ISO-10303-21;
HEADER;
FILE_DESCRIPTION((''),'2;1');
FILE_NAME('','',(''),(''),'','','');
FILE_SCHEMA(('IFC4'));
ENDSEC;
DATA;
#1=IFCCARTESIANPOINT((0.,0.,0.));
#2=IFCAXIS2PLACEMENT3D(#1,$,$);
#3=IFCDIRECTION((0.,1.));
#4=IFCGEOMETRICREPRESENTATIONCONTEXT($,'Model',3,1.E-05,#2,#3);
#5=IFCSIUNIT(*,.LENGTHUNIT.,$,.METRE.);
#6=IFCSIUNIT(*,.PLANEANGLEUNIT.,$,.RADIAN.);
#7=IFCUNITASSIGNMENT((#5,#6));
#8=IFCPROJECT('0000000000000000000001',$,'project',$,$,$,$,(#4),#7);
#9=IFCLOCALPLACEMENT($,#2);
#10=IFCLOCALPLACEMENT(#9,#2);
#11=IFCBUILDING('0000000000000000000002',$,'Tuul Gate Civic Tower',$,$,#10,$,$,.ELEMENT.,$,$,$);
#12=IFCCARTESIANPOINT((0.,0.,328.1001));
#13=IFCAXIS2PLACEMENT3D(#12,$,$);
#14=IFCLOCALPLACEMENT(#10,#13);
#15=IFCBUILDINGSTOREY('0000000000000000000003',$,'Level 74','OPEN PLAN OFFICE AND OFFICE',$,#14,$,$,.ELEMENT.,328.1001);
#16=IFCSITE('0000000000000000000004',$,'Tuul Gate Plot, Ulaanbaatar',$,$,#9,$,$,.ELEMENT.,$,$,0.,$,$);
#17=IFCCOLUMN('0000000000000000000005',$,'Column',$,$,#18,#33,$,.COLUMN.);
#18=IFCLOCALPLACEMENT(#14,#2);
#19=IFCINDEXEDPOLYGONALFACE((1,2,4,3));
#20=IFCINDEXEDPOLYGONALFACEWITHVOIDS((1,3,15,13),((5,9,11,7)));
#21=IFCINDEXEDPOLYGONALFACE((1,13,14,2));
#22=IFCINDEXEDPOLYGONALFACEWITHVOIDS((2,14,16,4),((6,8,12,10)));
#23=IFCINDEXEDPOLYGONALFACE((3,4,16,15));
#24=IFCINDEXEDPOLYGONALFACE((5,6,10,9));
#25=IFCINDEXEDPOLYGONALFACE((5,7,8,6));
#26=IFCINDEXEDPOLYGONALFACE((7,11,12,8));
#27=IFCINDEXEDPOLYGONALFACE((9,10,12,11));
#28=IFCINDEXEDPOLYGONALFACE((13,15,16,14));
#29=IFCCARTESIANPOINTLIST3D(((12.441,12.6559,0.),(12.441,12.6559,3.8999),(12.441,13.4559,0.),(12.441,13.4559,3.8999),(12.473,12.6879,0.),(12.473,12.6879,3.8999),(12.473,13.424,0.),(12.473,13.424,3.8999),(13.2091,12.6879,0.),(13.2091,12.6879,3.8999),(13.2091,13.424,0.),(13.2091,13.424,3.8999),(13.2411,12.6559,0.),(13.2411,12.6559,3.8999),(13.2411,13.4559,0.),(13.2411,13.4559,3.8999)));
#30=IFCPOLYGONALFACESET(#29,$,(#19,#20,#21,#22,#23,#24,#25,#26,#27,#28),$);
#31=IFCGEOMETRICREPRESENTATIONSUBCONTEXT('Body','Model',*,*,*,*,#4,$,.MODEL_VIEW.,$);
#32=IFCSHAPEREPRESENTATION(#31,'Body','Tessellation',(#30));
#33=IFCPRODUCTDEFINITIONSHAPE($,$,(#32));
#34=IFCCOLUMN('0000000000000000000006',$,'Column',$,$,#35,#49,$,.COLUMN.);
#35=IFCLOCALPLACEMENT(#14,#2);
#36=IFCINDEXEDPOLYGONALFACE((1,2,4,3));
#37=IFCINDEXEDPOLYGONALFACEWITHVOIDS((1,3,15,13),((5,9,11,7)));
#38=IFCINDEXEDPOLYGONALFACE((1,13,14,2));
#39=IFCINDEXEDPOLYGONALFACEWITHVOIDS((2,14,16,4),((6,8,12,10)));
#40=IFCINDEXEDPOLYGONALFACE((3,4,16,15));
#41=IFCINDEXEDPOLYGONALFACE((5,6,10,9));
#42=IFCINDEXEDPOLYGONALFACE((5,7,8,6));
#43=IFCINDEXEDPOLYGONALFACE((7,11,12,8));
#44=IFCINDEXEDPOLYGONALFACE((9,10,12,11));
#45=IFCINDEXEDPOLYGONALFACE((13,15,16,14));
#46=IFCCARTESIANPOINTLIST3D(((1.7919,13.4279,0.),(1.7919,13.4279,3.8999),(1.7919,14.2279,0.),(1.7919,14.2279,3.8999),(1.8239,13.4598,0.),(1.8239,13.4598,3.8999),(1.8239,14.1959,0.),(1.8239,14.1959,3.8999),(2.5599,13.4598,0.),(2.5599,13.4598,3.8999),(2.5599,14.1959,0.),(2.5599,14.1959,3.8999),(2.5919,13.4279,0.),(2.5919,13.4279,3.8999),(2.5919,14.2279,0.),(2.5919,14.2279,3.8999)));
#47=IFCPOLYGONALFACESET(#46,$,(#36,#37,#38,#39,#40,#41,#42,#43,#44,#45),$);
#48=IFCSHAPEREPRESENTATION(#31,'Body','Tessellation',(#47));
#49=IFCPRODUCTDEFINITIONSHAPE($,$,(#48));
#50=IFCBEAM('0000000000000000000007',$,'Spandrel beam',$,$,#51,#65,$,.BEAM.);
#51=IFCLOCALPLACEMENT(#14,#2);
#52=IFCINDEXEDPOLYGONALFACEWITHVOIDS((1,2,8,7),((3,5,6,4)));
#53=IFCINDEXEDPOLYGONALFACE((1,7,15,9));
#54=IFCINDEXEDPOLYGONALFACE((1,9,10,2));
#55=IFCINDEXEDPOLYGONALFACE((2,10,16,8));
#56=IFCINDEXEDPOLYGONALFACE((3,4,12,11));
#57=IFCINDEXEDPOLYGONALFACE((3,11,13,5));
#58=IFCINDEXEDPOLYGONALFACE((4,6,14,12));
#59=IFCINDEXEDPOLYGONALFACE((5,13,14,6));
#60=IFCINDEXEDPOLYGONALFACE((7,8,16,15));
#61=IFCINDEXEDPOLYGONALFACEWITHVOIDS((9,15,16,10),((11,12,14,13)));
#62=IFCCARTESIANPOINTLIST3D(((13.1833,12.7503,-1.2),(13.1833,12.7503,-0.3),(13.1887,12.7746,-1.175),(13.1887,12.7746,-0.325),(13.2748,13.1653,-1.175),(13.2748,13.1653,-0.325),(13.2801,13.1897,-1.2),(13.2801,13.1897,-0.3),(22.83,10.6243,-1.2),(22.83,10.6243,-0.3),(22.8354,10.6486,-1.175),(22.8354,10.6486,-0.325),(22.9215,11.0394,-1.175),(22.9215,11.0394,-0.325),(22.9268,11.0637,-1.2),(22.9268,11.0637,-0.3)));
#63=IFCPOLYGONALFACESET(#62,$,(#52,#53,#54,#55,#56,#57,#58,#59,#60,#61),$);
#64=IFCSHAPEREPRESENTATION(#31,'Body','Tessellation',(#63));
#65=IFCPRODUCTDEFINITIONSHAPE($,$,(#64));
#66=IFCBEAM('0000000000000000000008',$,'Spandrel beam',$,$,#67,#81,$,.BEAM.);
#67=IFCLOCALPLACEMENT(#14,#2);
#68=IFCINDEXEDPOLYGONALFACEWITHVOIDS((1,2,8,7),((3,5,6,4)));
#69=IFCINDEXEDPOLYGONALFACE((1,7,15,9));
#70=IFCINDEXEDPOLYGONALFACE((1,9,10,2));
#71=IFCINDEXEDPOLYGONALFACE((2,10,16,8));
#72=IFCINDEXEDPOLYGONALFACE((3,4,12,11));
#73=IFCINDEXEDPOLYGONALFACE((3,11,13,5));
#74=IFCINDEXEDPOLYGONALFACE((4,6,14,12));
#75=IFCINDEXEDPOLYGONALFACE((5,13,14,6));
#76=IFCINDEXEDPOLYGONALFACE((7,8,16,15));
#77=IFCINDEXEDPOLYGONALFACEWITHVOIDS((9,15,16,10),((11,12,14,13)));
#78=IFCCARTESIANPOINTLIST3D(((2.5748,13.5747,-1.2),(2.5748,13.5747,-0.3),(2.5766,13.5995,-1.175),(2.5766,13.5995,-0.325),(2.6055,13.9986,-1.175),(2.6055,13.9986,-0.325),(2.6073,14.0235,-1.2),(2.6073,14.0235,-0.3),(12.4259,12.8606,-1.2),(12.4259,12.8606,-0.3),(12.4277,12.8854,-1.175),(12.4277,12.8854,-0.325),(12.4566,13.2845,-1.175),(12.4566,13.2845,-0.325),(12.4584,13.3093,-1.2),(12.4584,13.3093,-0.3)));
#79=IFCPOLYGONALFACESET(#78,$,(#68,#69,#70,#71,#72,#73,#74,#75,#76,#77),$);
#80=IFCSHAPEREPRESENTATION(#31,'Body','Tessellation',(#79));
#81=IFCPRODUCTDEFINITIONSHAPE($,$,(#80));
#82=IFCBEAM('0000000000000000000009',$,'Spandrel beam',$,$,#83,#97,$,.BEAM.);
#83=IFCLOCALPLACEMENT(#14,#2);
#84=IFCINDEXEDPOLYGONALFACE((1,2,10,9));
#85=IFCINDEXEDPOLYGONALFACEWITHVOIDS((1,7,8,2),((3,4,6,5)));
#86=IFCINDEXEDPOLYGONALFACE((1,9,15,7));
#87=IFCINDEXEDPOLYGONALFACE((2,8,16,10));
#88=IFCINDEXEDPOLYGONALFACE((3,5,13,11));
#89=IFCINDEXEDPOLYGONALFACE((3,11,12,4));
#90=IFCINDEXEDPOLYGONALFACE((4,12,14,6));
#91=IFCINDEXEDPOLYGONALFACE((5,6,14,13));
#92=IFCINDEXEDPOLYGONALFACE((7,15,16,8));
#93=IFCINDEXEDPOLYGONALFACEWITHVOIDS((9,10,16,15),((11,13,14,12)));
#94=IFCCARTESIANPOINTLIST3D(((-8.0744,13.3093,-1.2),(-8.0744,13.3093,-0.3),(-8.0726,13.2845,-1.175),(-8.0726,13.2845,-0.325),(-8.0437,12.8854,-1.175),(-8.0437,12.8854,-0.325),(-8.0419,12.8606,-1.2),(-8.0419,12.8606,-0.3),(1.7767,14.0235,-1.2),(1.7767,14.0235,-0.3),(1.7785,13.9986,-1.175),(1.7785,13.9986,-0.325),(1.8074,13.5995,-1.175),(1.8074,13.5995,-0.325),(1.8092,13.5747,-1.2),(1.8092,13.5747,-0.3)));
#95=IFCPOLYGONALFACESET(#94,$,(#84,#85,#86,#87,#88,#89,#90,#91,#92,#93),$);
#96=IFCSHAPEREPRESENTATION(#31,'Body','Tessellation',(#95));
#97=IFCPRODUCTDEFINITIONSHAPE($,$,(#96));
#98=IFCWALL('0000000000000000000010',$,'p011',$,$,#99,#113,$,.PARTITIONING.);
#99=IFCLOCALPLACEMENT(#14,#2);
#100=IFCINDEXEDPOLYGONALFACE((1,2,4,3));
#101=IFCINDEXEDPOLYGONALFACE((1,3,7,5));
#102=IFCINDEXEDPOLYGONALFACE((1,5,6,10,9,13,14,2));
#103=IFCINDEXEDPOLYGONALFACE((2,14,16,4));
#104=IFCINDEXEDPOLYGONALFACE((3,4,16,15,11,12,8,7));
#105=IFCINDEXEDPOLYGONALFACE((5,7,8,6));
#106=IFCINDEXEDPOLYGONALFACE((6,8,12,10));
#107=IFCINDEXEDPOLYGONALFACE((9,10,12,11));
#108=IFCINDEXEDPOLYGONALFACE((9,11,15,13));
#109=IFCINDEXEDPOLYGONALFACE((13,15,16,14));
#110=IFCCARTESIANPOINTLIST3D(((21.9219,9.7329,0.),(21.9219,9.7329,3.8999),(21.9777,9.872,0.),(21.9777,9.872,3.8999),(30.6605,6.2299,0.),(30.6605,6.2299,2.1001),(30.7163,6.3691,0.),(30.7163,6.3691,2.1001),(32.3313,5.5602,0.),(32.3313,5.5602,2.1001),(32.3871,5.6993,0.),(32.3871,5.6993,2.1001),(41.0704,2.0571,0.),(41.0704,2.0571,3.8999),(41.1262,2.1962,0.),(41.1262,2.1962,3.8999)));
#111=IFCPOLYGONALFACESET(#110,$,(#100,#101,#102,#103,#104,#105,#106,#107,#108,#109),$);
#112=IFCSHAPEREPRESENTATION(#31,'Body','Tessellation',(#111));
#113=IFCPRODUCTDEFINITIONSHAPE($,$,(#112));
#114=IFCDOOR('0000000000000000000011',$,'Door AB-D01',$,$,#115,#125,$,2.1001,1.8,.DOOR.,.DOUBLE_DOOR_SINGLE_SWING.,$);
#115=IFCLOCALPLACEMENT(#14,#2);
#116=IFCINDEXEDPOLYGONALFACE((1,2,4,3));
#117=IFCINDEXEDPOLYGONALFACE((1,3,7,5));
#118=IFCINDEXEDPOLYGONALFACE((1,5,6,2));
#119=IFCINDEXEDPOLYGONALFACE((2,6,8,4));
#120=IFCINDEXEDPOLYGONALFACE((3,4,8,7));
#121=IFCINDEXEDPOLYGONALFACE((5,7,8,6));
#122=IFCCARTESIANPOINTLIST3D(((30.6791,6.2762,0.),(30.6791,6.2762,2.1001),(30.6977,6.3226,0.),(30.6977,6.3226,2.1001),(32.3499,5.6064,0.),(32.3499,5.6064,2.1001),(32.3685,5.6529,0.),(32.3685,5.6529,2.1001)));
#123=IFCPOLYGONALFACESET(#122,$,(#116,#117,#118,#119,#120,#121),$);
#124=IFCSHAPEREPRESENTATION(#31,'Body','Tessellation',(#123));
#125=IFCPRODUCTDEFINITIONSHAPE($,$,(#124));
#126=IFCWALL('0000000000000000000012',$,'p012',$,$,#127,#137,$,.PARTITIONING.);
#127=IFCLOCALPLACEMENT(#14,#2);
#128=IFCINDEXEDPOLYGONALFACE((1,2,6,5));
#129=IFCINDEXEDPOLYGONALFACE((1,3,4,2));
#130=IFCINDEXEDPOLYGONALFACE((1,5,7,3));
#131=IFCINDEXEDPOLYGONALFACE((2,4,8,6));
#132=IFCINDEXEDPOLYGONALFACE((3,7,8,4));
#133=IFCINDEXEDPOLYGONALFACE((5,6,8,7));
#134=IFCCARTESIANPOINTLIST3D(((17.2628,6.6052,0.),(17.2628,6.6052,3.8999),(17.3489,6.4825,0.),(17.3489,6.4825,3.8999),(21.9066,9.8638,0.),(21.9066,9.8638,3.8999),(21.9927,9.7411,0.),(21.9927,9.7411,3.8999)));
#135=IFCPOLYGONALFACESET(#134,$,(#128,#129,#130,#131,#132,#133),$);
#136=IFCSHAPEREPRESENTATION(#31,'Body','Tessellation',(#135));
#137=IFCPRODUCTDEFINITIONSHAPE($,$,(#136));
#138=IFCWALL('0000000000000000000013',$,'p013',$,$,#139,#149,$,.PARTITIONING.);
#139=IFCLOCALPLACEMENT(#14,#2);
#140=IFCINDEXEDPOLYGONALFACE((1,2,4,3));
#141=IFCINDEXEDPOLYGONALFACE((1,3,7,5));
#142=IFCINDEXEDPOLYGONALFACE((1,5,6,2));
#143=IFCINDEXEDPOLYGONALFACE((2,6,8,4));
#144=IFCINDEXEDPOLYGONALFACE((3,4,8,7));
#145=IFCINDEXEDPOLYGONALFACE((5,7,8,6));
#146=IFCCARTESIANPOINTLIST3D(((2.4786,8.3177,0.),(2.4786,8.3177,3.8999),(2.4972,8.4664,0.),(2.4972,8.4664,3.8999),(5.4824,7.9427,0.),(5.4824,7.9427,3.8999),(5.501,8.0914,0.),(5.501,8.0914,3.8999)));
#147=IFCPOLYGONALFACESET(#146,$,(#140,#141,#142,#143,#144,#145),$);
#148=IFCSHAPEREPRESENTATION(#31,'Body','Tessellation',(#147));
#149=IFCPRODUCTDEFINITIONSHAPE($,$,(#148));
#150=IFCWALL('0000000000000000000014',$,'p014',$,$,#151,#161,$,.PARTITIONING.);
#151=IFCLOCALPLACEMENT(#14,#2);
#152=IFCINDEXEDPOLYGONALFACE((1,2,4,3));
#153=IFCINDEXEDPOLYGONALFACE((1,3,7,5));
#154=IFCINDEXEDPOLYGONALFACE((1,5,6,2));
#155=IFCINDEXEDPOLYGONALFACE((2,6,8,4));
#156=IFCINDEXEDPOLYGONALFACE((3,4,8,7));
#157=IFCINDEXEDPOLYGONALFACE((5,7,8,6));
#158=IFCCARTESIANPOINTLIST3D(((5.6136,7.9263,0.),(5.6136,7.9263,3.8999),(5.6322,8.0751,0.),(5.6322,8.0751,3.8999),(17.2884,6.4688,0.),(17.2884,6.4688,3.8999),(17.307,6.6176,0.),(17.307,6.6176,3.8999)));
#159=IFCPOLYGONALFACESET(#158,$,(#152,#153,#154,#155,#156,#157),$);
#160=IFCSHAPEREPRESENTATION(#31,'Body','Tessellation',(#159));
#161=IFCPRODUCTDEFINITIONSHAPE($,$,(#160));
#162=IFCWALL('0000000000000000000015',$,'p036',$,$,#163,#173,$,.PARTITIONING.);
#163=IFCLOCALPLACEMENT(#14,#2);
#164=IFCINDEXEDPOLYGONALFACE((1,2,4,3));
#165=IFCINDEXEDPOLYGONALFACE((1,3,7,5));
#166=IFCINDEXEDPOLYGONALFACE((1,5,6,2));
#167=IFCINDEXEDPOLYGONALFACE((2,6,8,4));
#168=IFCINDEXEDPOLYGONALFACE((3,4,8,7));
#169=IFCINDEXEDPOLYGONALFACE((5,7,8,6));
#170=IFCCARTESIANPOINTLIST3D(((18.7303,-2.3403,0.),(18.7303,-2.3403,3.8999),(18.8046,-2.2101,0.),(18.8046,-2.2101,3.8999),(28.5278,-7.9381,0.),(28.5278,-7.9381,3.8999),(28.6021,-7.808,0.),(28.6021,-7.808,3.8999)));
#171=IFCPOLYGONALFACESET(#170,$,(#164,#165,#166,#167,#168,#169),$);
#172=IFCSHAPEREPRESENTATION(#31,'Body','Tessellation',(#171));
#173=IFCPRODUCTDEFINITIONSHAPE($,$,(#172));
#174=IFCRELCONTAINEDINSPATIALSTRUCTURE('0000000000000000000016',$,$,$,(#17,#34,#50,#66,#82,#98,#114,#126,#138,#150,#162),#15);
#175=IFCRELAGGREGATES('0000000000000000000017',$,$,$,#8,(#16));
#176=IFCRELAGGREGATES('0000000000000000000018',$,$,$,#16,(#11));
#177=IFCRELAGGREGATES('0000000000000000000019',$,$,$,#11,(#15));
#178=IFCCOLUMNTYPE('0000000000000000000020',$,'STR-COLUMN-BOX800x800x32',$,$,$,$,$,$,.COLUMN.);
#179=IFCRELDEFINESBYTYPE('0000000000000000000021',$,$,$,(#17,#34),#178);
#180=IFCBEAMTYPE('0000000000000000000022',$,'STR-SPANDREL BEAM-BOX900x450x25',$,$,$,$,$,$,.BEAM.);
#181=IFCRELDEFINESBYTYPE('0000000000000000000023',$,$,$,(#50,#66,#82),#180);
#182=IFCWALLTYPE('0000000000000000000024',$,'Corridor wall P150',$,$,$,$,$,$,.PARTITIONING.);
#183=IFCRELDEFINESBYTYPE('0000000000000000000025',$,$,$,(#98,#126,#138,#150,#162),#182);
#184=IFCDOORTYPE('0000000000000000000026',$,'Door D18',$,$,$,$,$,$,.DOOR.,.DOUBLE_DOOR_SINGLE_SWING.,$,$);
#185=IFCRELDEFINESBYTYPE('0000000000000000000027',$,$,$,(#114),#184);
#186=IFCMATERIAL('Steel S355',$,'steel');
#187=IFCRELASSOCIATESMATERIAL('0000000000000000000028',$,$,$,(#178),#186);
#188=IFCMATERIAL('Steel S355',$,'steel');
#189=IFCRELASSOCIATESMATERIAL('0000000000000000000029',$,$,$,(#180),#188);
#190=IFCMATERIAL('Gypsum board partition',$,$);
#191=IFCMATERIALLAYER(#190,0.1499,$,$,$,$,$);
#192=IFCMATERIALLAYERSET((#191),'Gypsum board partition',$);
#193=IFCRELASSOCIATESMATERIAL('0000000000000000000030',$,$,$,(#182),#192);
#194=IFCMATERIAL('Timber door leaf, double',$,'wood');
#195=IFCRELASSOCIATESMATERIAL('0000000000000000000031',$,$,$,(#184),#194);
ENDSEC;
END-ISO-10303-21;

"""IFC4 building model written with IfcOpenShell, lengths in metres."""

from ifc_helpers import new_model, si_unit, direction, frame, frame_2d, origin, origin_2d, place, context, subcontext, project, spatial, rectangle, hollow_rectangle, extrude, material, layer, layer_set, material_profile, profile_set, type_object, element, fill, save


model = new_model("IFC4")

# Units and contexts
model_context = context("Model", 3, precision=1e-05, world=origin(), true_north=direction((0.0, 1.0)))
body_context = subcontext(model_context, "Body", "Model", "MODEL_VIEW")
ifc_project = project(units=[si_unit("LENGTHUNIT", "METRE"), si_unit("PLANEANGLEUNIT", "RADIAN")], contexts=[model_context])

# Site, building, storey
site_placement = place(None, origin())
site = spatial("IfcSite", under=ifc_project, at=site_placement, Name="Tuul Gate Plot, Ulaanbaatar", CompositionType="ELEMENT", RefElevation=0.0)
building_placement = place(site_placement, origin())
building = spatial("IfcBuilding", under=site, at=building_placement, Name="Tuul Gate Civic Tower", CompositionType="ELEMENT")
storey_placement = place(building_placement, frame((0.0, 0.0, 328.1001)))
storey = spatial("IfcBuildingStorey", under=building, at=storey_placement, Name="Level 74", Description="OPEN PLAN OFFICE AND OFFICE", CompositionType="ELEMENT", Elevation=328.1001)

# Columns
ifc_material_1 = material(Name="Steel S355", Category="steel")
ifc_material_profile_1 = material_profile(ifc_material_1, hollow_rectangle(XDim=0.8, YDim=0.8, WallThickness=0.032, at=origin_2d()), Name="BOX800x800x32")
ifc_profile_set_1 = profile_set([ifc_material_profile_1], Name="Steel S355")
column_type = type_object("IfcColumnType", Name="STR-COLUMN-BOX800x800x32", PredefinedType="COLUMN", material=ifc_profile_set_1)
for number, where, z_axis, x_axis, name in (
    (1, (12.8411, 13.0559, 0.0), (0.0, 0.0, 1.0), (1.0, 0.0, 0.0), "Column"),
    (2, (2.1919, 13.8279, 0.0), (0.0, 0.0, 1.0), (1.0, 0.0, 0.0), "Column"),
):
    element("IfcColumn", number, at=place(storey_placement, frame(where, z_axis=z_axis, x_axis=x_axis)), inside=storey, type_object=column_type, Name=name, PredefinedType="COLUMN", context=body_context, shape_type="SweptSolid", body=[
        extrude(hollow_rectangle(XDim=0.8, YDim=0.8, WallThickness=0.032, at=origin_2d()), origin(), (0.0, 0.0, 1.0), 3.8999),
    ])

# Beams
ifc_material_2 = material(Name="Steel S355", Category="steel")
ifc_material_profile_2 = material_profile(ifc_material_2, hollow_rectangle(XDim=0.45, YDim=0.8999, WallThickness=0.0249, at=origin_2d()), Name="BOX900x450x25")
ifc_profile_set_2 = profile_set([ifc_material_profile_2], Name="Steel S355")
beam_type = type_object("IfcBeamType", Name="STR-SPANDREL BEAM-BOX900x450x25", PredefinedType="BEAM", material=ifc_profile_set_2)
beam_placement = place(storey_placement, frame((22.8784, 10.844, -0.75), z_axis=(-0.976566, 0.215219, 0.0), x_axis=(-0.215219, -0.976566, 0.0)))
element("IfcBeam", 3, at=beam_placement, inside=storey, type_object=beam_type, Name="Spandrel beam", PredefinedType="BEAM", context=body_context, shape_type="SweptSolid", body=[
    extrude(hollow_rectangle(XDim=0.45, YDim=0.8999, WallThickness=0.0249, at=origin_2d()), origin(), (0.0, 0.0, 1.0), 9.8782),
])
for number, where, z_axis, x_axis, name in (
    (4, (12.4421, 13.085, -0.75), (-0.997383, 0.072301, 0.0), (-0.072301, -0.997383, 0.0), "Spandrel beam"),
    (5, (1.793, 13.7991, -0.75), (-0.997383, -0.072301, 0.0), (0.072301, -0.997383, 0.0), "Spandrel beam"),
):
    element("IfcBeam", number, at=place(storey_placement, frame(where, z_axis=z_axis, x_axis=x_axis)), inside=storey, type_object=beam_type, Name=name, PredefinedType="BEAM", context=body_context, shape_type="SweptSolid", body=[
        extrude(hollow_rectangle(XDim=0.45, YDim=0.8999, WallThickness=0.0249, at=origin_2d()), origin(), (0.0, 0.0, 1.0), 9.877),
    ])

# Wall, opening, door
ifc_material_3 = material(Name="Gypsum board partition")
ifc_layer_1 = layer(ifc_material_3, 0.1499)
ifc_layer_set_1 = layer_set([ifc_layer_1], Name="Gypsum board partition")
wall_type_1 = type_object("IfcWallType", Name="Corridor wall P150", PredefinedType="PARTITIONING", material=ifc_layer_set_1)
wall_1_placement = place(storey_placement, frame((21.9497, 9.8025, 0.0), z_axis=(0.0, 0.0, 1.0), x_axis=(0.928202, -0.372076, 0.0)))
wall_1 = element("IfcWall", 6, at=wall_1_placement, inside=storey, type_object=wall_type_1, Name="p011", PredefinedType="PARTITIONING", context=body_context, shape_type="SweptSolid", body=[
    extrude(rectangle(XDim=20.6296, YDim=0.1499, at=frame_2d((10.3149, 0.0))), origin(), (0.0, 0.0, 1.0), 3.8999),
])
opening_1_placement = place(wall_1_placement, frame((9.4148, 0.0, 0.0)))
opening_1 = element("IfcOpeningElement", 7, at=opening_1_placement, cuts=wall_1, PredefinedType="OPENING", context=body_context, shape_type="SweptSolid", body=[
    extrude(rectangle(XDim=1.8, YDim=2.1001, at=frame_2d((0.8999, 1.05))), frame((0.0, 0.085, 0.0), z_axis=(0.0, -1.0, 0.0), x_axis=(1.0, 0.0, 0.0)), (0.0, 0.0, 1.0), 0.1699),
])
ifc_material_4 = material(Name="Timber door leaf, double", Category="wood")
door_type_1 = type_object("IfcDoorType", Name="Door D18", OperationType="DOUBLE_DOOR_SINGLE_SWING", PredefinedType="DOOR", material=ifc_material_4)
door_1_placement = place(opening_1_placement, origin())
door_1 = element("IfcDoor", 8, at=door_1_placement, inside=storey, type_object=door_type_1, Name="Door AB-D01", OperationType="DOUBLE_DOOR_SINGLE_SWING", OverallHeight=2.1001, OverallWidth=1.8, PredefinedType="DOOR", context=body_context, shape_type="SweptSolid", body=[
    extrude(rectangle(XDim=1.8, YDim=2.1001, at=frame_2d((0.8999, 1.05))), frame((0.0, 0.0249, 0.0), z_axis=(0.0, -1.0, 0.0), x_axis=(1.0, 0.0, 0.0)), (0.0, 0.0, 1.0), 0.05),
])
fill(opening_1, door_1)

# Walls
wall_2_placement = place(storey_placement, frame((17.3059, 6.5439, 0.0), z_axis=(0.0, 0.0, 1.0), x_axis=(0.818578, 0.574395, 0.0)))
element("IfcWall", 9, at=wall_2_placement, inside=storey, type_object=wall_type_1, Name="p012", PredefinedType="PARTITIONING", context=body_context, shape_type="SweptSolid", body=[
    extrude(rectangle(XDim=5.6731, YDim=0.1499, at=frame_2d((2.8364, 0.0))), origin(), (0.0, 0.0, 1.0), 3.8999),
])
wall_3_placement = place(storey_placement, frame((2.4878, 8.3921, 0.0), z_axis=(0.0, 0.0, 1.0), x_axis=(0.992296, -0.123886, 0.0)))
element("IfcWall", 10, at=wall_3_placement, inside=storey, type_object=wall_type_1, Name="p013", PredefinedType="PARTITIONING", context=body_context, shape_type="SweptSolid", body=[
    extrude(rectangle(XDim=3.0271, YDim=0.1499, at=frame_2d((1.5137, 0.0))), origin(), (0.0, 0.0, 1.0), 3.8999),
])
wall_4_placement = place(storey_placement, frame((5.6228, 8.0007, 0.0), z_axis=(0.0, 0.0, 1.0), x_axis=(0.992297, -0.123881, 0.0)))
element("IfcWall", 11, at=wall_4_placement, inside=storey, type_object=wall_type_1, Name="p014", PredefinedType="PARTITIONING", context=body_context, shape_type="SweptSolid", body=[
    extrude(rectangle(XDim=11.7654, YDim=0.1499, at=frame_2d((5.8828, 0.0))), origin(), (0.0, 0.0, 1.0), 3.8999),
])
wall_5_placement = place(storey_placement, frame((18.7673, -2.2751, 0.0), z_axis=(0.0, 0.0, 1.0), x_axis=(0.868271, -0.49609, 0.0)))
element("IfcWall", 12, at=wall_5_placement, inside=storey, type_object=wall_type_1, Name="p036", PredefinedType="PARTITIONING", context=body_context, shape_type="SweptSolid", body=[
    extrude(rectangle(XDim=11.2839, YDim=0.1499, at=frame_2d((5.6421, 0.0))), origin(), (0.0, 0.0, 1.0), 3.8999),
])

save(model, "model.ifc")
